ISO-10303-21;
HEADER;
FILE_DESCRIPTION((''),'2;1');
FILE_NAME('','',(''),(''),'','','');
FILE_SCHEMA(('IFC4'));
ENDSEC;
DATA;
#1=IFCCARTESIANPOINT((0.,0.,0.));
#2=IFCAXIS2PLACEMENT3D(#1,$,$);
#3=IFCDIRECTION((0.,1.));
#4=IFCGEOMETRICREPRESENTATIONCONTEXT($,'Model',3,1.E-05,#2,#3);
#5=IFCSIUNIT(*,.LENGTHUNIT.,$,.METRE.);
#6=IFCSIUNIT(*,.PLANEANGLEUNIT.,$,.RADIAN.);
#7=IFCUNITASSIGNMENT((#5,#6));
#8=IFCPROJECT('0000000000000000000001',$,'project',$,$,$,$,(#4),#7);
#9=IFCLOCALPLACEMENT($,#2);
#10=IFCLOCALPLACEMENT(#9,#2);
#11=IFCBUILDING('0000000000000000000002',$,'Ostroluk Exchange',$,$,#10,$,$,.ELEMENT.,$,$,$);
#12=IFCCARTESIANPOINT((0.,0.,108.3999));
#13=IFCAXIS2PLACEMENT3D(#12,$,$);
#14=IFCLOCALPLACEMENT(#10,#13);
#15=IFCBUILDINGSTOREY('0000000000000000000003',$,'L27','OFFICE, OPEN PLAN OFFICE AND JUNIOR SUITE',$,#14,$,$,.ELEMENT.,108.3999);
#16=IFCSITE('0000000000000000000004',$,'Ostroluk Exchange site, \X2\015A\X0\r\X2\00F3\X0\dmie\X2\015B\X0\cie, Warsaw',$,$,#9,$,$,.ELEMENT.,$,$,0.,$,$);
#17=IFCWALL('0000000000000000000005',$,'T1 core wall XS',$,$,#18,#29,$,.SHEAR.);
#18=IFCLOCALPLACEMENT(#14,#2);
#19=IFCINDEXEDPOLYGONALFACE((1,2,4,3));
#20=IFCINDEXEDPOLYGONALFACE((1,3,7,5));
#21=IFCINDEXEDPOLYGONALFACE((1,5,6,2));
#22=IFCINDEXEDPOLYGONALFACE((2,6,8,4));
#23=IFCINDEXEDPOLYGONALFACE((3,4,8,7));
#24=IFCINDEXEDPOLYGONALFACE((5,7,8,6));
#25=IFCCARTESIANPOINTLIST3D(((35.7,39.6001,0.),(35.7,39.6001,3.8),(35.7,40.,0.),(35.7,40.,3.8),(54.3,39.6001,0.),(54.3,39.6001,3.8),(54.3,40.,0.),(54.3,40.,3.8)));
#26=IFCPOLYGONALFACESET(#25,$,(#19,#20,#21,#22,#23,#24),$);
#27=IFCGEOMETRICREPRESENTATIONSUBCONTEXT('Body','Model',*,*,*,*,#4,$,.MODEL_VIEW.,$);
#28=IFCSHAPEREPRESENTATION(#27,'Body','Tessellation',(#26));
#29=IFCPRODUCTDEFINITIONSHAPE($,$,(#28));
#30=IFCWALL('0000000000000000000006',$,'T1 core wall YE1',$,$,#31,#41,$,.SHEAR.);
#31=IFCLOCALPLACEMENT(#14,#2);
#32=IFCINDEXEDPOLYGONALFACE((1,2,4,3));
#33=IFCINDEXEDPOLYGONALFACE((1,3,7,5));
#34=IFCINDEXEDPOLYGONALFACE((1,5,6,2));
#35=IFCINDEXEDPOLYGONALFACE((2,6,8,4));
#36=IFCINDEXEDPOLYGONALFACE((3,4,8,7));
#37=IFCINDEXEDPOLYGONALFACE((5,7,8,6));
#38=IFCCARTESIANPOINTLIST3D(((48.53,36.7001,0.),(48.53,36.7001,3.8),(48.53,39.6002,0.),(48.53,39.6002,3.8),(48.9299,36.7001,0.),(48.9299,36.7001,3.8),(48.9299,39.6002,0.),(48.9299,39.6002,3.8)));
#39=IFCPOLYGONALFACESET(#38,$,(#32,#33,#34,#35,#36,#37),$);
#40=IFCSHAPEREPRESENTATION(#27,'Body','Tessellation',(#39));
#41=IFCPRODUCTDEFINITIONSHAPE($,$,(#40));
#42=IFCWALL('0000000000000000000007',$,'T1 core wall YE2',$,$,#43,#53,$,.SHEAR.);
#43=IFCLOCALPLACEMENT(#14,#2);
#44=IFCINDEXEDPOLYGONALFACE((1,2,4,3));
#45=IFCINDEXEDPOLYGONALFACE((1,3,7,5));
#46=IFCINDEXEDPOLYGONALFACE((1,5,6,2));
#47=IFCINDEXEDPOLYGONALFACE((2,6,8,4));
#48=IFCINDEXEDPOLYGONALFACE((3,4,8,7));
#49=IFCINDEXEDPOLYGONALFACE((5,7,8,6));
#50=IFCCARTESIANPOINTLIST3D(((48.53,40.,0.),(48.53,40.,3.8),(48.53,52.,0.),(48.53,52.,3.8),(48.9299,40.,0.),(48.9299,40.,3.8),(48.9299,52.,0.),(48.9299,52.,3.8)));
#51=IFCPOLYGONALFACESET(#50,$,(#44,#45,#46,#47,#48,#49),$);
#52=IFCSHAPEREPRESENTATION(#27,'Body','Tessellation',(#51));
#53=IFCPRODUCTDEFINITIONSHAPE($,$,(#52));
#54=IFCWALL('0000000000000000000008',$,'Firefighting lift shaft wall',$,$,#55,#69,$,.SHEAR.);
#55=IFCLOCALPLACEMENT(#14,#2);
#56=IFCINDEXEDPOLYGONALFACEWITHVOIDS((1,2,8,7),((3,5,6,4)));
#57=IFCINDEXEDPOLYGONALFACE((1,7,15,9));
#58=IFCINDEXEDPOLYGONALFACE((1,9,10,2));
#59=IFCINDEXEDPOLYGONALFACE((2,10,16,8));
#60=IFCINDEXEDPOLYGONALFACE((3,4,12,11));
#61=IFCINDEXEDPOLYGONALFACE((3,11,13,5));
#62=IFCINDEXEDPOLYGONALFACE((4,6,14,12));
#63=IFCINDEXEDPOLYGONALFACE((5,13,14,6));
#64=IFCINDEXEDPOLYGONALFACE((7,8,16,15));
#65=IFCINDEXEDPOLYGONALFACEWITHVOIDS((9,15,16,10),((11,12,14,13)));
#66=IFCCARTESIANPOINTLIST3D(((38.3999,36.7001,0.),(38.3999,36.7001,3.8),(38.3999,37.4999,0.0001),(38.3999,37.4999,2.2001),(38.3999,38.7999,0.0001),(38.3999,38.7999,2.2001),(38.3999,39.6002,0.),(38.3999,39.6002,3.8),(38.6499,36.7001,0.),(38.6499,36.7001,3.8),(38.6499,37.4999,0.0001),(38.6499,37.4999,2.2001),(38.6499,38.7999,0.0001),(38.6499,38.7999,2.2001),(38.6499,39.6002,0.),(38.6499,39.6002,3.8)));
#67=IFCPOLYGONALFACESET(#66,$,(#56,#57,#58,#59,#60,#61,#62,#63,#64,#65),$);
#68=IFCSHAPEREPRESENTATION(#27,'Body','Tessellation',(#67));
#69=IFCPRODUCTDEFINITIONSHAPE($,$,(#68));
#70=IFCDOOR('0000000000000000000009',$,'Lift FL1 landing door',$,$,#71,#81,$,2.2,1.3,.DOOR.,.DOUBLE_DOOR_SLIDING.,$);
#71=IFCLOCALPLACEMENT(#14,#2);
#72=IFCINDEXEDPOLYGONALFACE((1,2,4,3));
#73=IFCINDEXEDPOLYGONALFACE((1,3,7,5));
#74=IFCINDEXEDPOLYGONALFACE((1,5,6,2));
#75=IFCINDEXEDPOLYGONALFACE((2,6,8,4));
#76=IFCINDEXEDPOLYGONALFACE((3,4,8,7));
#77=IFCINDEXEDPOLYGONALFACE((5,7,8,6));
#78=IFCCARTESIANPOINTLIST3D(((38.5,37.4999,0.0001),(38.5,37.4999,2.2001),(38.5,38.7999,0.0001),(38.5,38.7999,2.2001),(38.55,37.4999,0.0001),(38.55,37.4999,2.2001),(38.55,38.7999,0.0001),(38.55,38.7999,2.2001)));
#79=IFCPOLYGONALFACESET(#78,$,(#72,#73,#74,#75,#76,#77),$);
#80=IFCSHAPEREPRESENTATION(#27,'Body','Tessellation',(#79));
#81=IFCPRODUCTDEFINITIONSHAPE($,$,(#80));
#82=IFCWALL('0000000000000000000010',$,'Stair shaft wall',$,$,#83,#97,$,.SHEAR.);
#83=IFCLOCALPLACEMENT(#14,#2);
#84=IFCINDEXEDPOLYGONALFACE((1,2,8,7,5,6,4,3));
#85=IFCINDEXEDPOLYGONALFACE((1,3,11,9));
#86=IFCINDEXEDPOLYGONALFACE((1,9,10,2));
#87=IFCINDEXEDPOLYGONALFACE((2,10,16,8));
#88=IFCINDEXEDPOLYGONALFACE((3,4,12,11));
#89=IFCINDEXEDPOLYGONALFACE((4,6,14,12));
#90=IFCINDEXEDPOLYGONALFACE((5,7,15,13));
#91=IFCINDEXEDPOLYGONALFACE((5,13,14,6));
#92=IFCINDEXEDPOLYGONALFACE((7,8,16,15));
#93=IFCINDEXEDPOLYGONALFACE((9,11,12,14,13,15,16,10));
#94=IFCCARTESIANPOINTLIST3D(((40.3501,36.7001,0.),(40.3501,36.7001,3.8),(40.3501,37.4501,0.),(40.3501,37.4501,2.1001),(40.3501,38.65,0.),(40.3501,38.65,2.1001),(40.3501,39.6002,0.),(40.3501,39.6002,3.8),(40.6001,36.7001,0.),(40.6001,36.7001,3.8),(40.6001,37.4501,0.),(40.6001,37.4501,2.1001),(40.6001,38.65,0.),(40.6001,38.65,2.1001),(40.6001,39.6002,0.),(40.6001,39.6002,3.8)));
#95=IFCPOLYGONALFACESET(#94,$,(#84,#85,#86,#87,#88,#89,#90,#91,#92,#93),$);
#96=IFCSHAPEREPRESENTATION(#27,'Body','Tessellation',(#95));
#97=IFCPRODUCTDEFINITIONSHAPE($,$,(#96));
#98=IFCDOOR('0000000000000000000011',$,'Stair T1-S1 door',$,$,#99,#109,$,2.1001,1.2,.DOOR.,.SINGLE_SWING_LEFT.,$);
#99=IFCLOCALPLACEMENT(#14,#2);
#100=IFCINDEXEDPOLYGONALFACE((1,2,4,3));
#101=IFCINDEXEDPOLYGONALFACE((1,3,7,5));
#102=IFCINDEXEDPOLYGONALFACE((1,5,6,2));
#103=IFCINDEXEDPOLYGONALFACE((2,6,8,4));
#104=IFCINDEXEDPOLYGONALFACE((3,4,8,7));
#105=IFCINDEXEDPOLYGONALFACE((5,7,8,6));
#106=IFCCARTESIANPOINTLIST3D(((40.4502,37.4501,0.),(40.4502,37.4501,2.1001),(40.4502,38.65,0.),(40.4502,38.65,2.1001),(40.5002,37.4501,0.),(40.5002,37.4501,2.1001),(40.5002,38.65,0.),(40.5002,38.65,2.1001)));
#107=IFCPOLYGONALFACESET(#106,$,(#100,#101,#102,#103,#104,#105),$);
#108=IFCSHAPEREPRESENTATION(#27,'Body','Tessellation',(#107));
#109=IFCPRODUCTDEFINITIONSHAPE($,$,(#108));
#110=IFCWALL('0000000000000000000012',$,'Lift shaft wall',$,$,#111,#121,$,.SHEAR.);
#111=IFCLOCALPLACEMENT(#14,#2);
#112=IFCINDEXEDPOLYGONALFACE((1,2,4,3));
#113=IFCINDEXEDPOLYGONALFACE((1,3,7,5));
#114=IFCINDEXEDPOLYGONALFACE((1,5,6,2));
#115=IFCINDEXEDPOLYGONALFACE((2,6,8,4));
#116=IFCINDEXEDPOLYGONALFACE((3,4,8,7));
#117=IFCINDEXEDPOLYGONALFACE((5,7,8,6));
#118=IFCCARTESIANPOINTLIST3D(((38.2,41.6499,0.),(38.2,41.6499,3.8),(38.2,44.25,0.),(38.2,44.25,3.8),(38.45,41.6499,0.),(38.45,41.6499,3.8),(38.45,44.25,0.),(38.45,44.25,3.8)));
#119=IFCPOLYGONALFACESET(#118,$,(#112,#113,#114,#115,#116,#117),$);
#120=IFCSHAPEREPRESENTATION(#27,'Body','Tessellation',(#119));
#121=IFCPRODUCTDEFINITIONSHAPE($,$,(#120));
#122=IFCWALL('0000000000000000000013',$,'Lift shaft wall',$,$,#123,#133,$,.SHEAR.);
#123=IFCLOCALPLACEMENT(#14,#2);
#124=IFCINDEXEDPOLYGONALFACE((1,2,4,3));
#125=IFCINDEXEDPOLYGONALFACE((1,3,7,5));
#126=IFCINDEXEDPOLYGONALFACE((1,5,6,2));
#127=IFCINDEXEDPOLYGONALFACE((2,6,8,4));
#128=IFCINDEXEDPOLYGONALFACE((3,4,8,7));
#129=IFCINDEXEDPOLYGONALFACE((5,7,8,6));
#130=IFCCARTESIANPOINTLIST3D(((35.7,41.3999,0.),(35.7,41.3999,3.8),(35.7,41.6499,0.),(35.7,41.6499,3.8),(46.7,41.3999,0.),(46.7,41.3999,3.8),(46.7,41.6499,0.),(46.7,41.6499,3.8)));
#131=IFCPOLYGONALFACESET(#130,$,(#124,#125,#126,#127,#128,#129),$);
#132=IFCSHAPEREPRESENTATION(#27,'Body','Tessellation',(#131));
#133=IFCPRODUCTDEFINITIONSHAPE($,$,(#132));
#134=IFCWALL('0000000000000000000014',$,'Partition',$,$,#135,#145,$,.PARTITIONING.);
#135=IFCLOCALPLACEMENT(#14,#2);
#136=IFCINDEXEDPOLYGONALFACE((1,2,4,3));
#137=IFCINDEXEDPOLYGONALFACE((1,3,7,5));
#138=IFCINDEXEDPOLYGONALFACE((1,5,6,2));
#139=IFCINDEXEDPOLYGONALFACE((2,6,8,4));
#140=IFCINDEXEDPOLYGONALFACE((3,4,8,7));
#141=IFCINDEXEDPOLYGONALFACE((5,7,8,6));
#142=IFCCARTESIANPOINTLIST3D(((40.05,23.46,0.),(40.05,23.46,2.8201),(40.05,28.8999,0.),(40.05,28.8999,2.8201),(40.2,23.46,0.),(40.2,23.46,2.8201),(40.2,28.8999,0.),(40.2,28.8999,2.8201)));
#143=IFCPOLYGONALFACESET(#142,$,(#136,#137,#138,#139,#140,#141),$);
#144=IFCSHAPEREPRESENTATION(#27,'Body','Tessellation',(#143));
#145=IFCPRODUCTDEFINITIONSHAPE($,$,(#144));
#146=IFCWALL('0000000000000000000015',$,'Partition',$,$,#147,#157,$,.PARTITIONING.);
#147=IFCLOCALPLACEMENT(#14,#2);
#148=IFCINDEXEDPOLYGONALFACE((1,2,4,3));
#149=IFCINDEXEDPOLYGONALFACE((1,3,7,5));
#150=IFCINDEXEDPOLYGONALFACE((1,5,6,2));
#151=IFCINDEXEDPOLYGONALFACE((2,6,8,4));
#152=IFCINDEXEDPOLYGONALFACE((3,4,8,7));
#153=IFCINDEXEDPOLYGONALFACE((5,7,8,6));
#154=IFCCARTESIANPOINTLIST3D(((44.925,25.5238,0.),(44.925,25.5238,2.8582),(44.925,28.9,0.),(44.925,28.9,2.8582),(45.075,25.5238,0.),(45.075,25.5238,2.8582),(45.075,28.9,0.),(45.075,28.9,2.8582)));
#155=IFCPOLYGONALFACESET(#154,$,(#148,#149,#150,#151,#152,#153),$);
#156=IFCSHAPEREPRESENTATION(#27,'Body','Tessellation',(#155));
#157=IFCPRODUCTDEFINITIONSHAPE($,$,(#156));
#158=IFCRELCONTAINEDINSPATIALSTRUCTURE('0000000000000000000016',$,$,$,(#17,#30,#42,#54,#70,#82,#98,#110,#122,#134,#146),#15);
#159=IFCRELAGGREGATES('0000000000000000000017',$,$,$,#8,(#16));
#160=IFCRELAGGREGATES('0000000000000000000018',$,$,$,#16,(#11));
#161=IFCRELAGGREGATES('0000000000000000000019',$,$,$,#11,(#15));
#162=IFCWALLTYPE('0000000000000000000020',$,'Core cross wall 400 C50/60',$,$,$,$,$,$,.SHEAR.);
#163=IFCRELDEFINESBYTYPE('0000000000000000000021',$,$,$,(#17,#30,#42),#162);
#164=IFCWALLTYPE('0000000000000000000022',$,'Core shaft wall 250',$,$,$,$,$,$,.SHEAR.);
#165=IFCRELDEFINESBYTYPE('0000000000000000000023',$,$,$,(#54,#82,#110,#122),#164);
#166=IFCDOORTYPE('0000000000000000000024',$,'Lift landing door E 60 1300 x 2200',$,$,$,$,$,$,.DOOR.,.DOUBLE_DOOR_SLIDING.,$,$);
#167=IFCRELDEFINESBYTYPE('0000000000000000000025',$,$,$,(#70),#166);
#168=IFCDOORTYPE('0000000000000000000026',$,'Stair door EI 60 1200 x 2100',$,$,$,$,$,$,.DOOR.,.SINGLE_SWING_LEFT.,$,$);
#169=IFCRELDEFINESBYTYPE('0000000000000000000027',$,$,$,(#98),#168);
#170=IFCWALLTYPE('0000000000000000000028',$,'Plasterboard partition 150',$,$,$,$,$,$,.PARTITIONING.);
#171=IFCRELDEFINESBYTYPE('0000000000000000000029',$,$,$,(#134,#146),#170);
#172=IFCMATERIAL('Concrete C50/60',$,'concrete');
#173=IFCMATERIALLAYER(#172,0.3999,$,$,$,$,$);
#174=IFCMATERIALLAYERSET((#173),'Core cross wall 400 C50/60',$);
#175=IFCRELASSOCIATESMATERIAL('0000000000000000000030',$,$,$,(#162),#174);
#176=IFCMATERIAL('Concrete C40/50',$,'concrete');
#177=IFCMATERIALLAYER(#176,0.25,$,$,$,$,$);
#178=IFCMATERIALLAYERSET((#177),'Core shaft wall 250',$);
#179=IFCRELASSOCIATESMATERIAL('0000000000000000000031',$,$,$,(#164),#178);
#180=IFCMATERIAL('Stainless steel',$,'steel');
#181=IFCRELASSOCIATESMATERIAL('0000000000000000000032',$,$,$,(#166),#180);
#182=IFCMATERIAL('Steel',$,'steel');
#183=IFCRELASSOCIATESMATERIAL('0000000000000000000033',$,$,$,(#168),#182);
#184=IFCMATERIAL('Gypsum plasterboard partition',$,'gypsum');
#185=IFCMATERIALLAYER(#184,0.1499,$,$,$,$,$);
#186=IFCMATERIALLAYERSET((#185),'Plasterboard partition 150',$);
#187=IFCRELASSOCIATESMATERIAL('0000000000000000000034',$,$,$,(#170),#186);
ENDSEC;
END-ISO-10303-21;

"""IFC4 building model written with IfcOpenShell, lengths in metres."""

from ifc_helpers import new_model, si_unit, direction, frame, frame_2d, origin, place, context, subcontext, project, spatial, rectangle, extrude, material, layer, layer_set, type_object, element, fill, save


model = new_model("IFC4")

# Units and contexts
model_context = context("Model", 3, precision=1e-05, world=origin(), true_north=direction((0.0, 1.0)))
body_context = subcontext(model_context, "Body", "Model", "MODEL_VIEW")
ifc_project = project(units=[si_unit("LENGTHUNIT", "METRE"), si_unit("PLANEANGLEUNIT", "RADIAN")], contexts=[model_context])

# Site, building, storey
site_placement = place(None, origin())
site = spatial("IfcSite", under=ifc_project, at=site_placement, Name="Ostroluk Exchange site, Śródmieście, Warsaw", CompositionType="ELEMENT", RefElevation=0.0)
building_placement = place(site_placement, origin())
building = spatial("IfcBuilding", under=site, at=building_placement, Name="Ostroluk Exchange", CompositionType="ELEMENT")
storey_placement = place(building_placement, frame((0.0, 0.0, 108.3999)))
storey = spatial("IfcBuildingStorey", under=building, at=storey_placement, Name="L27", Description="OFFICE, OPEN PLAN OFFICE AND JUNIOR SUITE", CompositionType="ELEMENT", Elevation=108.3999)

# Walls
ifc_material_1 = material(Name="Concrete C50/60", Category="concrete")
ifc_layer_1 = layer(ifc_material_1, 0.3999)
ifc_layer_set_1 = layer_set([ifc_layer_1], Name="Core cross wall 400 C50/60")
wall_type_1 = type_object("IfcWallType", Name="Core cross wall 400 C50/60", PredefinedType="SHEAR", material=ifc_layer_set_1)
wall_1_placement = place(storey_placement, frame((35.7, 39.8, 0.0), z_axis=(0.0, 0.0, 1.0), x_axis=(1.0, 0.0, 0.0)))
element("IfcWall", 1, at=wall_1_placement, inside=storey, type_object=wall_type_1, Name="T1 core wall XS", PredefinedType="SHEAR", context=body_context, shape_type="SweptSolid", body=[
    extrude(rectangle(XDim=18.6001, YDim=0.3999, at=frame_2d((9.3, 0.0))), origin(), (0.0, 0.0, 1.0), 3.8),
])
wall_2_placement = place(storey_placement, frame((48.73, 36.7, 0.0), z_axis=(0.0, 0.0, 1.0), x_axis=(0.0, 1.0, 0.0)))
element("IfcWall", 2, at=wall_2_placement, inside=storey, type_object=wall_type_1, Name="T1 core wall YE1", PredefinedType="SHEAR", context=body_context, shape_type="SweptSolid", body=[
    extrude(rectangle(XDim=2.9001, YDim=0.3999, at=frame_2d((1.4502, 0.0))), origin(), (0.0, 0.0, 1.0), 3.8),
])
wall_3_placement = place(storey_placement, frame((48.73, 40.0, 0.0), z_axis=(0.0, 0.0, 1.0), x_axis=(0.0, 1.0, 0.0)))
element("IfcWall", 3, at=wall_3_placement, inside=storey, type_object=wall_type_1, Name="T1 core wall YE2", PredefinedType="SHEAR", context=body_context, shape_type="SweptSolid", body=[
    extrude(rectangle(XDim=12.0, YDim=0.3999, at=frame_2d((6.0, 0.0))), origin(), (0.0, 0.0, 1.0), 3.8),
])

# Walls, openings, doors
ifc_material_2 = material(Name="Concrete C40/50", Category="concrete")
ifc_layer_2 = layer(ifc_material_2, 0.25)
ifc_layer_set_2 = layer_set([ifc_layer_2], Name="Core shaft wall 250")
wall_type_2 = type_object("IfcWallType", Name="Core shaft wall 250", PredefinedType="SHEAR", material=ifc_layer_set_2)
wall_4_placement = place(storey_placement, frame((38.5249, 36.7, 0.0), z_axis=(0.0, 0.0, 1.0), x_axis=(0.0, 1.0, 0.0)))
wall_4 = element("IfcWall", 4, at=wall_4_placement, inside=storey, type_object=wall_type_2, Name="Firefighting lift shaft wall", PredefinedType="SHEAR", context=body_context, shape_type="SweptSolid", body=[
    extrude(rectangle(XDim=2.9001, YDim=0.25, at=frame_2d((1.4502, 0.0))), origin(), (0.0, 0.0, 1.0), 3.8),
])
opening_1_placement = place(wall_4_placement, frame((0.8, 0.0, 0.0)))
opening_1 = element("IfcOpeningElement", 5, at=opening_1_placement, cuts=wall_4, PredefinedType="OPENING", context=body_context, shape_type="SweptSolid", body=[
    extrude(rectangle(XDim=1.3, YDim=2.2, at=frame_2d((0.6499, 1.1001))), frame((0.0, 0.135, 0.0), z_axis=(0.0, -1.0, 0.0), x_axis=(1.0, 0.0, 0.0)), (0.0, 0.0, 1.0), 0.27),
])
ifc_material_3 = material(Name="Stainless steel", Category="steel")
door_type_1 = type_object("IfcDoorType", Name="Lift landing door E 60 1300 x 2200", OperationType="DOUBLE_DOOR_SLIDING", PredefinedType="DOOR", material=ifc_material_3)
door_1_placement = place(opening_1_placement, origin())
door_1 = element("IfcDoor", 6, at=door_1_placement, inside=storey, type_object=door_type_1, Name="Lift FL1 landing door", OperationType="DOUBLE_DOOR_SLIDING", OverallHeight=2.2, OverallWidth=1.3, PredefinedType="DOOR", context=body_context, shape_type="SweptSolid", body=[
    extrude(rectangle(XDim=1.3, YDim=2.2, at=frame_2d((0.6499, 1.1001))), frame((0.0, 0.0249, 0.0), z_axis=(0.0, -1.0, 0.0), x_axis=(1.0, 0.0, 0.0)), (0.0, 0.0, 1.0), 0.05),
])
fill(opening_1, door_1)
wall_5_placement = place(storey_placement, frame((40.4751, 36.7, 0.0), z_axis=(0.0, 0.0, 1.0), x_axis=(0.0, 1.0, 0.0)))
wall_5 = element("IfcWall", 7, at=wall_5_placement, inside=storey, type_object=wall_type_2, Name="Stair shaft wall", PredefinedType="SHEAR", context=body_context, shape_type="SweptSolid", body=[
    extrude(rectangle(XDim=2.9001, YDim=0.25, at=frame_2d((1.4502, 0.0))), origin(), (0.0, 0.0, 1.0), 3.8),
])
opening_2_placement = place(wall_5_placement, frame((0.75, 0.0, 0.0)))
opening_2 = element("IfcOpeningElement", 8, at=opening_2_placement, cuts=wall_5, PredefinedType="OPENING", context=body_context, shape_type="SweptSolid", body=[
    extrude(rectangle(XDim=1.2, YDim=2.1001, at=frame_2d((0.6001, 1.05))), frame((0.0, 0.135, 0.0), z_axis=(0.0, -1.0, 0.0), x_axis=(1.0, 0.0, 0.0)), (0.0, 0.0, 1.0), 0.27),
])
ifc_material_4 = material(Name="Steel", Category="steel")
door_type_2 = type_object("IfcDoorType", Name="Stair door EI 60 1200 x 2100", OperationType="SINGLE_SWING_LEFT", PredefinedType="DOOR", material=ifc_material_4)
door_2_placement = place(opening_2_placement, origin())
door_2 = element("IfcDoor", 9, at=door_2_placement, inside=storey, type_object=door_type_2, Name="Stair T1-S1 door", OperationType="SINGLE_SWING_LEFT", OverallHeight=2.1001, OverallWidth=1.2, PredefinedType="DOOR", context=body_context, shape_type="SweptSolid", body=[
    extrude(rectangle(XDim=1.2, YDim=2.1001, at=frame_2d((0.6001, 1.05))), frame((0.0, 0.0249, 0.0), z_axis=(0.0, -1.0, 0.0), x_axis=(1.0, 0.0, 0.0)), (0.0, 0.0, 1.0), 0.05),
])
fill(opening_2, door_2)

# Walls
wall_6_placement = place(storey_placement, frame((38.325, 44.25, 0.0), z_axis=(0.0, 0.0, 1.0), x_axis=(0.0, -1.0, 0.0)))
element("IfcWall", 10, at=wall_6_placement, inside=storey, type_object=wall_type_2, Name="Lift shaft wall", PredefinedType="SHEAR", context=body_context, shape_type="SweptSolid", body=[
    extrude(rectangle(XDim=2.6001, YDim=0.25, at=frame_2d((1.3, 0.0))), origin(), (0.0, 0.0, 1.0), 3.8),
])
wall_7_placement = place(storey_placement, frame((35.7, 41.5249, 0.0), z_axis=(0.0, 0.0, 1.0), x_axis=(1.0, 0.0, 0.0)))
element("IfcWall", 11, at=wall_7_placement, inside=storey, type_object=wall_type_2, Name="Lift shaft wall", PredefinedType="SHEAR", context=body_context, shape_type="SweptSolid", body=[
    extrude(rectangle(XDim=11.0, YDim=0.25, at=frame_2d((5.5, 0.0))), origin(), (0.0, 0.0, 1.0), 3.8),
])

# Walls
ifc_material_5 = material(Name="Gypsum plasterboard partition", Category="gypsum")
ifc_layer_3 = layer(ifc_material_5, 0.1499)
ifc_layer_set_3 = layer_set([ifc_layer_3], Name="Plasterboard partition 150")
wall_type_3 = type_object("IfcWallType", Name="Plasterboard partition 150", PredefinedType="PARTITIONING", material=ifc_layer_set_3)
wall_8_placement = place(storey_placement, frame((40.125, 28.8999, 0.0), z_axis=(0.0, 0.0, 1.0), x_axis=(0.0, -1.0, 0.0)))
element("IfcWall", 12, at=wall_8_placement, inside=storey, type_object=wall_type_3, Name="Partition", PredefinedType="PARTITIONING", context=body_context, shape_type="SweptSolid", body=[
    extrude(rectangle(XDim=5.4399, YDim=0.1499, at=frame_2d((2.72, 0.0))), origin(), (0.0, 0.0, 1.0), 2.8201),
])
wall_9_placement = place(storey_placement, frame((45.0, 28.8999, 0.0), z_axis=(0.0, 0.0, 1.0), x_axis=(0.0, -1.0, 0.0)))
element("IfcWall", 13, at=wall_9_placement, inside=storey, type_object=wall_type_3, Name="Partition", PredefinedType="PARTITIONING", context=body_context, shape_type="SweptSolid", body=[
    extrude(rectangle(XDim=3.3762, YDim=0.1499, at=frame_2d((1.688, 0.0))), origin(), (0.0, 0.0, 1.0), 2.8582),
])

save(model, "model.ifc")
